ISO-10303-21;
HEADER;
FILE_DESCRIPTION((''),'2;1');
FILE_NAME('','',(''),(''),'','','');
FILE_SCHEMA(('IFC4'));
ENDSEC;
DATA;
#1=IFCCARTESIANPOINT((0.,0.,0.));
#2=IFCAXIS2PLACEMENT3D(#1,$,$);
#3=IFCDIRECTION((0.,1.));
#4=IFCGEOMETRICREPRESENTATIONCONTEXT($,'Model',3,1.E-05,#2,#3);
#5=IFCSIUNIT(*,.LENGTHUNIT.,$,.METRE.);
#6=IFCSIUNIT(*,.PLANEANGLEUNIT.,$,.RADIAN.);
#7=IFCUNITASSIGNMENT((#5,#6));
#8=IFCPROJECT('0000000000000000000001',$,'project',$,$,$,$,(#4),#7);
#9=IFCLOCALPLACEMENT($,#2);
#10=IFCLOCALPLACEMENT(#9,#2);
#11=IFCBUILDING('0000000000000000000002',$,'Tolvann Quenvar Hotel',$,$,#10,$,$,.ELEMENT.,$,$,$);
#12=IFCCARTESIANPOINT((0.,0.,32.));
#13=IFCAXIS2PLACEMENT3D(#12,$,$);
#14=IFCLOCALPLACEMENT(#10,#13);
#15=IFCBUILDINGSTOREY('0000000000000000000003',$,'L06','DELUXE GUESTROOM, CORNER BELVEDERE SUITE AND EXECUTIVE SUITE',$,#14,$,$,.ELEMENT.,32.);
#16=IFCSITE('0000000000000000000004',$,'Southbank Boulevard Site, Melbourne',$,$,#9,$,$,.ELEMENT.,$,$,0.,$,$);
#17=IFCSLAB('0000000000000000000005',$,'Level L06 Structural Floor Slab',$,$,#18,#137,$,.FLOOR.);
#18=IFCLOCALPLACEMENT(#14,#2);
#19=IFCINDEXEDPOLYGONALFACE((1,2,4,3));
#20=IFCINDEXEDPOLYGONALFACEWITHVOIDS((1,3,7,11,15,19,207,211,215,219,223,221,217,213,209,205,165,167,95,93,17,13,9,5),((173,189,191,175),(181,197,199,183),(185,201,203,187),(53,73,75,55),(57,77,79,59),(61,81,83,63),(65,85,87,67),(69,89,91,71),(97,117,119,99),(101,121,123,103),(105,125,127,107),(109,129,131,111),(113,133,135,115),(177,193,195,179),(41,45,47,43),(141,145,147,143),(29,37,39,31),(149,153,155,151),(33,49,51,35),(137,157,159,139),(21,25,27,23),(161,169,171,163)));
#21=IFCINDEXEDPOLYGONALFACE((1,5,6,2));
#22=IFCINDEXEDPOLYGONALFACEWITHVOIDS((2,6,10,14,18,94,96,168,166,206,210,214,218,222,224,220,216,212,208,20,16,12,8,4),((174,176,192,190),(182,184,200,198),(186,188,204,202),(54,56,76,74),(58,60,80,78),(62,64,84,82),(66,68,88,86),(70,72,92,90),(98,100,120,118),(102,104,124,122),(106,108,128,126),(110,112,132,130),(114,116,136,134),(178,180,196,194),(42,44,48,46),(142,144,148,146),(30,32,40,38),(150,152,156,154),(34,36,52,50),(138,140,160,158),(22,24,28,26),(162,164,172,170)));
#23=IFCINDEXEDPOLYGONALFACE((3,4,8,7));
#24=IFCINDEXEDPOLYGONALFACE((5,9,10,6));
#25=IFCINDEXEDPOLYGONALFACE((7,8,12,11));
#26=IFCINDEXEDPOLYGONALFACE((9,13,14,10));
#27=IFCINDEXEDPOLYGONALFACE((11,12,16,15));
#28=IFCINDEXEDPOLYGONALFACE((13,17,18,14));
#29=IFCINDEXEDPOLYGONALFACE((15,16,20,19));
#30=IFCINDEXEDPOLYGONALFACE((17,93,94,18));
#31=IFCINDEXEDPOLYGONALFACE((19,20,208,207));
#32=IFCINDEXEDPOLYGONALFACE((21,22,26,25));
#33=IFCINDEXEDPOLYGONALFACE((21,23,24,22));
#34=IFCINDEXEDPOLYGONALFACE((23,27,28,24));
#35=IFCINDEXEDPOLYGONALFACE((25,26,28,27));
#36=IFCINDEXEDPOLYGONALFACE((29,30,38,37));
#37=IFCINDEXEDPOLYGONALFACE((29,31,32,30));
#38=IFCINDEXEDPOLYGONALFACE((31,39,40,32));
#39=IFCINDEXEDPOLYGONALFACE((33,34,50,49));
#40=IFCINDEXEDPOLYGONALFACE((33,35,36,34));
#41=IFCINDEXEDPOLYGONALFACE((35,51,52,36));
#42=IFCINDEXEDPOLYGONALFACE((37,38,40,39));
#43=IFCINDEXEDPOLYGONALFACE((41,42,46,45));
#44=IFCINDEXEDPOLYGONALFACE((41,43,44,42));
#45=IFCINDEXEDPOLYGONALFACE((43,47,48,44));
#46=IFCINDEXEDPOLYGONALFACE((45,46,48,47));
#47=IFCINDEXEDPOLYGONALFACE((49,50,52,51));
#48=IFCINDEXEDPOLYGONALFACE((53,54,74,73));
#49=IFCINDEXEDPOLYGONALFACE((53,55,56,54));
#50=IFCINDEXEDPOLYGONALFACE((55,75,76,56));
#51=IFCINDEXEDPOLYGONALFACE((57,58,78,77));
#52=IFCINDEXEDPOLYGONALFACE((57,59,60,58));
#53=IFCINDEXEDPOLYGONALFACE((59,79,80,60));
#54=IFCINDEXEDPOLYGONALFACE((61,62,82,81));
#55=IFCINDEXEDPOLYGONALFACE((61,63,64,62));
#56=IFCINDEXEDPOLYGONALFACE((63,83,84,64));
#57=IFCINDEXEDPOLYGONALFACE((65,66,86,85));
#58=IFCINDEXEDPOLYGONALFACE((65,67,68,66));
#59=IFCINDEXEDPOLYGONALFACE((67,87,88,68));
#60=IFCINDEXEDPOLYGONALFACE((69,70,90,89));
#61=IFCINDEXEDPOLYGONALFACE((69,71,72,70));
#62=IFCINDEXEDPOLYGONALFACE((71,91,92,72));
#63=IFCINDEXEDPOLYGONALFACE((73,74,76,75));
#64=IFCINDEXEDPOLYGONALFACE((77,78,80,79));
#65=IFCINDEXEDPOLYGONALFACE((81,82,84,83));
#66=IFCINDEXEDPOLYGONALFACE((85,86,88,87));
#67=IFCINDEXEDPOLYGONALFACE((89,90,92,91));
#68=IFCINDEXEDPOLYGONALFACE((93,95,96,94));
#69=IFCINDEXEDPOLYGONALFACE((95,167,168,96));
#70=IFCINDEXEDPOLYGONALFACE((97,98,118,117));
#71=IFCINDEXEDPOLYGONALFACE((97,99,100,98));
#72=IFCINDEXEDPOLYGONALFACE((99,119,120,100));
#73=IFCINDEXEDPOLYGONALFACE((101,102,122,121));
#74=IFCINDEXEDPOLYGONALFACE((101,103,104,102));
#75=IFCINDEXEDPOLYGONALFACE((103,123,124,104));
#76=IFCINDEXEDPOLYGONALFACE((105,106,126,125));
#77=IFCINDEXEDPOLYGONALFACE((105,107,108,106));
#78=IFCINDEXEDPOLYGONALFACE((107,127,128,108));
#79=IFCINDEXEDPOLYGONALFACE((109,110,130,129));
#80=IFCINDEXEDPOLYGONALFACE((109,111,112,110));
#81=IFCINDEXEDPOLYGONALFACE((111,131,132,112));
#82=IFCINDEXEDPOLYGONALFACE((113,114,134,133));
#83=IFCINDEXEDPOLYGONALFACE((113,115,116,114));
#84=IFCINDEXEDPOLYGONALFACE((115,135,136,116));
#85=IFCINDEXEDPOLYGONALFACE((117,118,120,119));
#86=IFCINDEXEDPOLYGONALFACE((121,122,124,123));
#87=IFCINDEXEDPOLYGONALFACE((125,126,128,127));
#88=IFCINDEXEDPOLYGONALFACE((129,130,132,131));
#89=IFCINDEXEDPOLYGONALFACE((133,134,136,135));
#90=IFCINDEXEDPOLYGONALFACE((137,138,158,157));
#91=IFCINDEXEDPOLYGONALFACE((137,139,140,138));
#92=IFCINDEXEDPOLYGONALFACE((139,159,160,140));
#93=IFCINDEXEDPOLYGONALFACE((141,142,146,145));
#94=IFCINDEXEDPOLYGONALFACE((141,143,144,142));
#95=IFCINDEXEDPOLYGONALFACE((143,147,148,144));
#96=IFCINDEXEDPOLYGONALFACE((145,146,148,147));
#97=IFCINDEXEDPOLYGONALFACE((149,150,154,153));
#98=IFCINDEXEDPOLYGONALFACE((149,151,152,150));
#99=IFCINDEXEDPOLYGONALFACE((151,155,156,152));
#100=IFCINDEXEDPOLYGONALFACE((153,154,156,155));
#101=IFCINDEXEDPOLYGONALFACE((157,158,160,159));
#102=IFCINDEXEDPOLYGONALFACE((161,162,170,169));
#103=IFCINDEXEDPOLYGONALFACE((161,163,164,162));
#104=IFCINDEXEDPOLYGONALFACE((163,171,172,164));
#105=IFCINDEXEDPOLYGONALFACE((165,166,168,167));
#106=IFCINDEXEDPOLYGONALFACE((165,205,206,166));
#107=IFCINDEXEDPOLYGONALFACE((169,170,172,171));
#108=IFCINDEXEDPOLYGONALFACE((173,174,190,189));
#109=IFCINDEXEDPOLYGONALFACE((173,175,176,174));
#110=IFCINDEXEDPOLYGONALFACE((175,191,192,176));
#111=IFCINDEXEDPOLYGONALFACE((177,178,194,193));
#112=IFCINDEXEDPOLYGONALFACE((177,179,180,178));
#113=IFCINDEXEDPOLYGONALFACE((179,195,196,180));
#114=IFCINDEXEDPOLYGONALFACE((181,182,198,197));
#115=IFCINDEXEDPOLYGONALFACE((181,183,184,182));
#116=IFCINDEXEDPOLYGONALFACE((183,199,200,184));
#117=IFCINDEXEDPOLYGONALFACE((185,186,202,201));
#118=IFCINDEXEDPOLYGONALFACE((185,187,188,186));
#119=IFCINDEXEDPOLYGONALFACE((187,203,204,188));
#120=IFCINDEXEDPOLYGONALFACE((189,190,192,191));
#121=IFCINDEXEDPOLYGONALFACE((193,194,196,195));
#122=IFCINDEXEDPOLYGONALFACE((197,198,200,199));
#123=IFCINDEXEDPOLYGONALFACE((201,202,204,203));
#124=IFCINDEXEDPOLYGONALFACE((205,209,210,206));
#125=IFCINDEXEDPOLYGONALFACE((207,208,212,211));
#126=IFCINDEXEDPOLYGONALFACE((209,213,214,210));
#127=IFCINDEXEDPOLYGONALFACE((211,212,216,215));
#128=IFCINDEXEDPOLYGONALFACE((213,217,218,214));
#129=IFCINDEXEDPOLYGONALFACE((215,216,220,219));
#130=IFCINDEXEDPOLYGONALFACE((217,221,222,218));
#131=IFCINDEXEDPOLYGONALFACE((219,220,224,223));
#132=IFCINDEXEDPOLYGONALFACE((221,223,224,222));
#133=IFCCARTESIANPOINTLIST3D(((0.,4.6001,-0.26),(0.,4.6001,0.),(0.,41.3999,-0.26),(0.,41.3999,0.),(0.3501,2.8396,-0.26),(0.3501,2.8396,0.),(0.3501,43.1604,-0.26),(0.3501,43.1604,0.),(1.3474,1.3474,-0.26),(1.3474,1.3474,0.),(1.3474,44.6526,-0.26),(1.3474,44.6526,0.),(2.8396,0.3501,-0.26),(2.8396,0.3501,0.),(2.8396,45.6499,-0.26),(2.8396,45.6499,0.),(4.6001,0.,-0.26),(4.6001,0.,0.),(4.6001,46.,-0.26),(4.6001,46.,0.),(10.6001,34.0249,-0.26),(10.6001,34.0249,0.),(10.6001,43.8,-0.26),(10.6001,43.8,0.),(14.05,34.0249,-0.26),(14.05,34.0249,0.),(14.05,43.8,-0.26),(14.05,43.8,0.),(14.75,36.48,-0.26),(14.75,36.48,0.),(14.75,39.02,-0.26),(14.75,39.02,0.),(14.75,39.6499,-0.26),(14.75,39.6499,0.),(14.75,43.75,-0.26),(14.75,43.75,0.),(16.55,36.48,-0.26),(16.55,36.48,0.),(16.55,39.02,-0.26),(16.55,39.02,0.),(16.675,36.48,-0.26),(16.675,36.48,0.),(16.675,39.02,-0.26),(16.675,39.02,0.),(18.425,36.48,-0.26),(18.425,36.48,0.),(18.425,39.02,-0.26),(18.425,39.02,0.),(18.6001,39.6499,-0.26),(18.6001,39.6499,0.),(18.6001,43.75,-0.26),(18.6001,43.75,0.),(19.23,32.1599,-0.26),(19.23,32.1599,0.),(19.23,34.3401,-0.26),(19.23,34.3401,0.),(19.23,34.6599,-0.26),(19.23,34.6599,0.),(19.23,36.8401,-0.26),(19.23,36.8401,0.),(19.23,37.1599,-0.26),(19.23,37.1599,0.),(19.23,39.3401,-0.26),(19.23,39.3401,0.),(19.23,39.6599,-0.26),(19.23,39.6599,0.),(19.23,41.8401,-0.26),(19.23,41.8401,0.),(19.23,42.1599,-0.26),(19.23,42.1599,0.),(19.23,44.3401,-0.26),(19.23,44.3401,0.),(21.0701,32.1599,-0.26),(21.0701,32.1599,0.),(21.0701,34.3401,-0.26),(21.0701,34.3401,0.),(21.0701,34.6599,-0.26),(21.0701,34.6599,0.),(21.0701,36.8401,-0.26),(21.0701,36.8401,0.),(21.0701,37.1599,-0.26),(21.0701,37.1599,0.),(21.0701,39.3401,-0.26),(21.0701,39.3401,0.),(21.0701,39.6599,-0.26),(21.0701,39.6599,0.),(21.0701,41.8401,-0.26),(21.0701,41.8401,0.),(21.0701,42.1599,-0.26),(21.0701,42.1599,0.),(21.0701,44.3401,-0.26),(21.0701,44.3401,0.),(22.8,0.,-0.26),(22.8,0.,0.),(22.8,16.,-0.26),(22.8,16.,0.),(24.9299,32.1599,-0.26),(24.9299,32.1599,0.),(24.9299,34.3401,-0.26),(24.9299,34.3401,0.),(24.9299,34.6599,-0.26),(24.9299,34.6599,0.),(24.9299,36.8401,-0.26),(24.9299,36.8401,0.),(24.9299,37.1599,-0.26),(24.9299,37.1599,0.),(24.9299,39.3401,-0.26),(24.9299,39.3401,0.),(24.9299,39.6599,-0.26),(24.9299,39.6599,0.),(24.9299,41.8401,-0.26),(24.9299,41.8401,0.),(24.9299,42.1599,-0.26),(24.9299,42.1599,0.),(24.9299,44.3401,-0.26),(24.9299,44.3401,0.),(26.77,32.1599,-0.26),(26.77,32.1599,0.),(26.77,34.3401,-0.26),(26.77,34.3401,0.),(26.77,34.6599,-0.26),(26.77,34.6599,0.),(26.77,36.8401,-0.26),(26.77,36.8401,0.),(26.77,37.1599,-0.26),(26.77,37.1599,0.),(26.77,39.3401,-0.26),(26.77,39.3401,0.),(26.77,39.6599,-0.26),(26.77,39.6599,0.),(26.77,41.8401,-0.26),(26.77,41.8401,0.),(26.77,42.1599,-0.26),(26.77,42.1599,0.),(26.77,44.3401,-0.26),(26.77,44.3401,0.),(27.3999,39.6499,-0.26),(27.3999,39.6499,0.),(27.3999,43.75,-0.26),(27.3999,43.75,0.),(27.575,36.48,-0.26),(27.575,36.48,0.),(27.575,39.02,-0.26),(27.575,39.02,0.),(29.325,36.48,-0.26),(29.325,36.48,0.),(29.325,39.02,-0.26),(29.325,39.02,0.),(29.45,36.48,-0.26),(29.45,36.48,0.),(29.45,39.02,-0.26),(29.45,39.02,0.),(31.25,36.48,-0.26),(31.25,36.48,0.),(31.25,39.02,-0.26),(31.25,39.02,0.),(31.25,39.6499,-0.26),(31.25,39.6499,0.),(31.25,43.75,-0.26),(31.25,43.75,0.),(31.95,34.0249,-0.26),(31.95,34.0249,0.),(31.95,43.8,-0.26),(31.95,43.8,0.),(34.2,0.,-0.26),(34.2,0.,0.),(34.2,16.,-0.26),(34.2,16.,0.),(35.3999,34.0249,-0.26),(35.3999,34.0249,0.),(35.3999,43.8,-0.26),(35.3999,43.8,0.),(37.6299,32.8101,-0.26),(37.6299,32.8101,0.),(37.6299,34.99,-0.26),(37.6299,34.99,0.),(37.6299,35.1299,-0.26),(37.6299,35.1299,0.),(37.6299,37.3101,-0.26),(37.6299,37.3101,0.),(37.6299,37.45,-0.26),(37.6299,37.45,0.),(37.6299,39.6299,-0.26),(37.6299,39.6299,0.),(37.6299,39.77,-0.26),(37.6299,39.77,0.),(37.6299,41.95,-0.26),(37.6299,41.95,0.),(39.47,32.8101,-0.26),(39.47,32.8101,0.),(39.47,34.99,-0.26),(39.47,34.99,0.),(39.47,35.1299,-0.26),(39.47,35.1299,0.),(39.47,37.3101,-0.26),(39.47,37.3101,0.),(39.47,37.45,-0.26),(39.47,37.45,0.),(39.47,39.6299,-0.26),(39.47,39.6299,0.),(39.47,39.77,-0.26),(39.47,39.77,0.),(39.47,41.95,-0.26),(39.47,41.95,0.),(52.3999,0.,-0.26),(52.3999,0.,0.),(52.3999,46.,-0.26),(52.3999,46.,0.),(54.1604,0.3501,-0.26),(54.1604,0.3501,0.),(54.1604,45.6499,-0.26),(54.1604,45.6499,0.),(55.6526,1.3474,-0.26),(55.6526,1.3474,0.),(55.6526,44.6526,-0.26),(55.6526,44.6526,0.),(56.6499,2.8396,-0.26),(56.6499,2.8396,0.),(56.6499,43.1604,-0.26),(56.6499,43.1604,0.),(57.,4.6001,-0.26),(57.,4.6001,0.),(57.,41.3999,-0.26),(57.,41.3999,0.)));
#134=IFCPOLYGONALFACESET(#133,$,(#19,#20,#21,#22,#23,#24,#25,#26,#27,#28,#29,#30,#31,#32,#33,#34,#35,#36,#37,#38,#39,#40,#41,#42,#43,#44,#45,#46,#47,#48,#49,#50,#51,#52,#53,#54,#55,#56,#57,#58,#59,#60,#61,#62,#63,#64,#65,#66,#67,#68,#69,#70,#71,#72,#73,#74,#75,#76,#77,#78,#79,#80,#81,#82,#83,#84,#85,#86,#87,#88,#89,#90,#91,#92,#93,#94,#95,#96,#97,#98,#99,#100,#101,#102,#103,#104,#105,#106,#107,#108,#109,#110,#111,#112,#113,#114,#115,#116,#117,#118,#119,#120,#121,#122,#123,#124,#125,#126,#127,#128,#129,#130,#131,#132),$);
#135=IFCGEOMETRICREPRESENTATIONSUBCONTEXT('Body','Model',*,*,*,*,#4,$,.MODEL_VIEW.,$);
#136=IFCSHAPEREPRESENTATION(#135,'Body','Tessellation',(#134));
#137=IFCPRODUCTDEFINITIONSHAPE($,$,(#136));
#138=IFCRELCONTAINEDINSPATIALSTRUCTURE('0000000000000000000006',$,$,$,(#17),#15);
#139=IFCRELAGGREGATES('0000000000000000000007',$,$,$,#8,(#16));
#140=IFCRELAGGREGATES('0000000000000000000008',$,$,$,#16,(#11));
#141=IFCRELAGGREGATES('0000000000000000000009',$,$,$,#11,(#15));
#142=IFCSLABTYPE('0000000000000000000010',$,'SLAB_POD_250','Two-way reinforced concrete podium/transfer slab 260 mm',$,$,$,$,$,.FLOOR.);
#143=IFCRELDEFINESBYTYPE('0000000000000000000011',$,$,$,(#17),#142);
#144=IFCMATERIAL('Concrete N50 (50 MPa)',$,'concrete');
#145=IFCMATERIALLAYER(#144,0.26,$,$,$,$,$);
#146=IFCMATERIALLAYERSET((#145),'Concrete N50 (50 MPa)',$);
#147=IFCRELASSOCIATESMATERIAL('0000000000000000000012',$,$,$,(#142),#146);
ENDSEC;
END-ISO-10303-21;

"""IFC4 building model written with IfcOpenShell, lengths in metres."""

from ifc_helpers import new_model, si_unit, direction, frame, origin, place, context, subcontext, project, spatial, polyline, outline, extrude, material, layer, layer_set, type_object, element, save


model = new_model("IFC4")

# Units and contexts
model_context = context("Model", 3, precision=1e-05, world=origin(), true_north=direction((0.0, 1.0)))
body_context = subcontext(model_context, "Body", "Model", "MODEL_VIEW")
ifc_project = project(units=[si_unit("LENGTHUNIT", "METRE"), si_unit("PLANEANGLEUNIT", "RADIAN")], contexts=[model_context])

# Site, building, storey
site_placement = place(None, origin())
site = spatial("IfcSite", under=ifc_project, at=site_placement, Name="Southbank Boulevard Site, Melbourne", CompositionType="ELEMENT", RefElevation=0.0)
building_placement = place(site_placement, origin())
building = spatial("IfcBuilding", under=site, at=building_placement, Name="Tolvann Quenvar Hotel", CompositionType="ELEMENT")
storey_placement = place(building_placement, frame((0.0, 0.0, 32.0)))
storey = spatial("IfcBuildingStorey", under=building, at=storey_placement, Name="L06", Description="DELUXE GUESTROOM, CORNER BELVEDERE SUITE AND EXECUTIVE SUITE", CompositionType="ELEMENT", Elevation=32.0)

# Slab
ifc_material_1 = material(Name="Concrete N50 (50 MPa)", Category="concrete")
ifc_layer_1 = layer(ifc_material_1, 0.26)
ifc_layer_set_1 = layer_set([ifc_layer_1], Name="Concrete N50 (50 MPa)")
slab_type_1 = type_object("IfcSlabType", Name="SLAB_POD_250", Description="Two-way reinforced concrete podium/transfer slab 260 mm", PredefinedType="FLOOR", material=ifc_layer_set_1)
slab_1_placement = place(storey_placement, frame((0.0, 0.0, -0.26)))
element("IfcSlab", 1, at=slab_1_placement, inside=storey, type_object=slab_type_1, Name="Level L06 Structural Floor Slab", PredefinedType="FLOOR", context=body_context, shape_type="SweptSolid", body=[
    extrude(outline(polyline([(0.0, 4.6001), (0.3501, 2.8396), (1.3474, 1.3474), (2.8396, 0.3501), (4.6001, 0.0), (22.8, 0.0), (22.8, 16.0), (34.2, 16.0), (34.2, 0.0), (52.3999, 0.0), (54.1604, 0.3501), (55.6526, 1.3474), (56.6499, 2.8396), (57.0, 4.6001), (57.0, 41.3999), (56.6499, 43.1604), (55.6526, 44.6526), (54.1604, 45.6499), (52.3999, 46.0), (4.6001, 46.0), (2.8396, 45.6499), (1.3474, 44.6526), (0.3501, 43.1604), (0.0, 41.3999), (0.0, 4.6001)]), holes=[polyline([(37.6299, 41.95), (39.47, 41.95), (39.47, 39.77), (37.6299, 39.77), (37.6299, 41.95)]), polyline([(37.6299, 39.6299), (39.47, 39.6299), (39.47, 37.45), (37.6299, 37.45), (37.6299, 39.6299)]), polyline([(37.6299, 37.3101), (39.47, 37.3101), (39.47, 35.1299), (37.6299, 35.1299), (37.6299, 37.3101)]), polyline([(37.6299, 34.99), (39.47, 34.99), (39.47, 32.8101), (37.6299, 32.8101), (37.6299, 34.99)]), polyline([(31.95, 43.8), (35.3999, 43.8), (35.3999, 34.0249), (31.95, 34.0249), (31.95, 43.8)]), polyline([(31.25, 39.02), (31.25, 36.48), (29.45, 36.48), (29.45, 39.02), (31.25, 39.02)]), polyline([(31.25, 43.75), (31.25, 39.6499), (27.3999, 39.6499), (27.3999, 43.75), (31.25, 43.75)]), polyline([(27.575, 39.02), (29.325, 39.02), (29.325, 36.48), (27.575, 36.48), (27.575, 39.02)]), polyline([(26.77, 36.8401), (26.77, 34.6599), (24.9299, 34.6599), (24.9299, 36.8401), (26.77, 36.8401)]), polyline([(26.77, 44.3401), (26.77, 42.1599), (24.9299, 42.1599), (24.9299, 44.3401), (26.77, 44.3401)]), polyline([(26.77, 41.8401), (26.77, 39.6599), (24.9299, 39.6599), (24.9299, 41.8401), (26.77, 41.8401)]), polyline([(26.77, 39.3401), (26.77, 37.1599), (24.9299, 37.1599), (24.9299, 39.3401), (26.77, 39.3401)]), polyline([(24.9299, 34.3401), (26.77, 34.3401), (26.77, 32.1599), (24.9299, 32.1599), (24.9299, 34.3401)]), polyline([(21.0701, 44.3401), (21.0701, 42.1599), (19.23, 42.1599), (19.23, 44.3401), (21.0701, 44.3401)]), polyline([(19.23, 41.8401), (21.0701, 41.8401), (21.0701, 39.6599), (19.23, 39.6599), (19.23, 41.8401)]), polyline([(21.0701, 39.3401), (21.0701, 37.1599), (19.23, 37.1599), (19.23, 39.3401), (21.0701, 39.3401)]), polyline([(19.23, 36.8401), (21.0701, 36.8401), (21.0701, 34.6599), (19.23, 34.6599), (19.23, 36.8401)]), polyline([(19.23, 34.3401), (21.0701, 34.3401), (21.0701, 32.1599), (19.23, 32.1599), (19.23, 34.3401)]), polyline([(18.6001, 43.75), (18.6001, 39.6499), (14.75, 39.6499), (14.75, 43.75), (18.6001, 43.75)]), polyline([(16.675, 39.02), (18.425, 39.02), (18.425, 36.48), (16.675, 36.48), (16.675, 39.02)]), polyline([(16.55, 39.02), (16.55, 36.48), (14.75, 36.48), (14.75, 39.02), (16.55, 39.02)]), polyline([(10.6001, 43.8), (14.05, 43.8), (14.05, 34.0249), (10.6001, 34.0249), (10.6001, 43.8)])]), origin(), (0.0, 0.0, 1.0), 0.26),
])

save(model, "model.ifc")
